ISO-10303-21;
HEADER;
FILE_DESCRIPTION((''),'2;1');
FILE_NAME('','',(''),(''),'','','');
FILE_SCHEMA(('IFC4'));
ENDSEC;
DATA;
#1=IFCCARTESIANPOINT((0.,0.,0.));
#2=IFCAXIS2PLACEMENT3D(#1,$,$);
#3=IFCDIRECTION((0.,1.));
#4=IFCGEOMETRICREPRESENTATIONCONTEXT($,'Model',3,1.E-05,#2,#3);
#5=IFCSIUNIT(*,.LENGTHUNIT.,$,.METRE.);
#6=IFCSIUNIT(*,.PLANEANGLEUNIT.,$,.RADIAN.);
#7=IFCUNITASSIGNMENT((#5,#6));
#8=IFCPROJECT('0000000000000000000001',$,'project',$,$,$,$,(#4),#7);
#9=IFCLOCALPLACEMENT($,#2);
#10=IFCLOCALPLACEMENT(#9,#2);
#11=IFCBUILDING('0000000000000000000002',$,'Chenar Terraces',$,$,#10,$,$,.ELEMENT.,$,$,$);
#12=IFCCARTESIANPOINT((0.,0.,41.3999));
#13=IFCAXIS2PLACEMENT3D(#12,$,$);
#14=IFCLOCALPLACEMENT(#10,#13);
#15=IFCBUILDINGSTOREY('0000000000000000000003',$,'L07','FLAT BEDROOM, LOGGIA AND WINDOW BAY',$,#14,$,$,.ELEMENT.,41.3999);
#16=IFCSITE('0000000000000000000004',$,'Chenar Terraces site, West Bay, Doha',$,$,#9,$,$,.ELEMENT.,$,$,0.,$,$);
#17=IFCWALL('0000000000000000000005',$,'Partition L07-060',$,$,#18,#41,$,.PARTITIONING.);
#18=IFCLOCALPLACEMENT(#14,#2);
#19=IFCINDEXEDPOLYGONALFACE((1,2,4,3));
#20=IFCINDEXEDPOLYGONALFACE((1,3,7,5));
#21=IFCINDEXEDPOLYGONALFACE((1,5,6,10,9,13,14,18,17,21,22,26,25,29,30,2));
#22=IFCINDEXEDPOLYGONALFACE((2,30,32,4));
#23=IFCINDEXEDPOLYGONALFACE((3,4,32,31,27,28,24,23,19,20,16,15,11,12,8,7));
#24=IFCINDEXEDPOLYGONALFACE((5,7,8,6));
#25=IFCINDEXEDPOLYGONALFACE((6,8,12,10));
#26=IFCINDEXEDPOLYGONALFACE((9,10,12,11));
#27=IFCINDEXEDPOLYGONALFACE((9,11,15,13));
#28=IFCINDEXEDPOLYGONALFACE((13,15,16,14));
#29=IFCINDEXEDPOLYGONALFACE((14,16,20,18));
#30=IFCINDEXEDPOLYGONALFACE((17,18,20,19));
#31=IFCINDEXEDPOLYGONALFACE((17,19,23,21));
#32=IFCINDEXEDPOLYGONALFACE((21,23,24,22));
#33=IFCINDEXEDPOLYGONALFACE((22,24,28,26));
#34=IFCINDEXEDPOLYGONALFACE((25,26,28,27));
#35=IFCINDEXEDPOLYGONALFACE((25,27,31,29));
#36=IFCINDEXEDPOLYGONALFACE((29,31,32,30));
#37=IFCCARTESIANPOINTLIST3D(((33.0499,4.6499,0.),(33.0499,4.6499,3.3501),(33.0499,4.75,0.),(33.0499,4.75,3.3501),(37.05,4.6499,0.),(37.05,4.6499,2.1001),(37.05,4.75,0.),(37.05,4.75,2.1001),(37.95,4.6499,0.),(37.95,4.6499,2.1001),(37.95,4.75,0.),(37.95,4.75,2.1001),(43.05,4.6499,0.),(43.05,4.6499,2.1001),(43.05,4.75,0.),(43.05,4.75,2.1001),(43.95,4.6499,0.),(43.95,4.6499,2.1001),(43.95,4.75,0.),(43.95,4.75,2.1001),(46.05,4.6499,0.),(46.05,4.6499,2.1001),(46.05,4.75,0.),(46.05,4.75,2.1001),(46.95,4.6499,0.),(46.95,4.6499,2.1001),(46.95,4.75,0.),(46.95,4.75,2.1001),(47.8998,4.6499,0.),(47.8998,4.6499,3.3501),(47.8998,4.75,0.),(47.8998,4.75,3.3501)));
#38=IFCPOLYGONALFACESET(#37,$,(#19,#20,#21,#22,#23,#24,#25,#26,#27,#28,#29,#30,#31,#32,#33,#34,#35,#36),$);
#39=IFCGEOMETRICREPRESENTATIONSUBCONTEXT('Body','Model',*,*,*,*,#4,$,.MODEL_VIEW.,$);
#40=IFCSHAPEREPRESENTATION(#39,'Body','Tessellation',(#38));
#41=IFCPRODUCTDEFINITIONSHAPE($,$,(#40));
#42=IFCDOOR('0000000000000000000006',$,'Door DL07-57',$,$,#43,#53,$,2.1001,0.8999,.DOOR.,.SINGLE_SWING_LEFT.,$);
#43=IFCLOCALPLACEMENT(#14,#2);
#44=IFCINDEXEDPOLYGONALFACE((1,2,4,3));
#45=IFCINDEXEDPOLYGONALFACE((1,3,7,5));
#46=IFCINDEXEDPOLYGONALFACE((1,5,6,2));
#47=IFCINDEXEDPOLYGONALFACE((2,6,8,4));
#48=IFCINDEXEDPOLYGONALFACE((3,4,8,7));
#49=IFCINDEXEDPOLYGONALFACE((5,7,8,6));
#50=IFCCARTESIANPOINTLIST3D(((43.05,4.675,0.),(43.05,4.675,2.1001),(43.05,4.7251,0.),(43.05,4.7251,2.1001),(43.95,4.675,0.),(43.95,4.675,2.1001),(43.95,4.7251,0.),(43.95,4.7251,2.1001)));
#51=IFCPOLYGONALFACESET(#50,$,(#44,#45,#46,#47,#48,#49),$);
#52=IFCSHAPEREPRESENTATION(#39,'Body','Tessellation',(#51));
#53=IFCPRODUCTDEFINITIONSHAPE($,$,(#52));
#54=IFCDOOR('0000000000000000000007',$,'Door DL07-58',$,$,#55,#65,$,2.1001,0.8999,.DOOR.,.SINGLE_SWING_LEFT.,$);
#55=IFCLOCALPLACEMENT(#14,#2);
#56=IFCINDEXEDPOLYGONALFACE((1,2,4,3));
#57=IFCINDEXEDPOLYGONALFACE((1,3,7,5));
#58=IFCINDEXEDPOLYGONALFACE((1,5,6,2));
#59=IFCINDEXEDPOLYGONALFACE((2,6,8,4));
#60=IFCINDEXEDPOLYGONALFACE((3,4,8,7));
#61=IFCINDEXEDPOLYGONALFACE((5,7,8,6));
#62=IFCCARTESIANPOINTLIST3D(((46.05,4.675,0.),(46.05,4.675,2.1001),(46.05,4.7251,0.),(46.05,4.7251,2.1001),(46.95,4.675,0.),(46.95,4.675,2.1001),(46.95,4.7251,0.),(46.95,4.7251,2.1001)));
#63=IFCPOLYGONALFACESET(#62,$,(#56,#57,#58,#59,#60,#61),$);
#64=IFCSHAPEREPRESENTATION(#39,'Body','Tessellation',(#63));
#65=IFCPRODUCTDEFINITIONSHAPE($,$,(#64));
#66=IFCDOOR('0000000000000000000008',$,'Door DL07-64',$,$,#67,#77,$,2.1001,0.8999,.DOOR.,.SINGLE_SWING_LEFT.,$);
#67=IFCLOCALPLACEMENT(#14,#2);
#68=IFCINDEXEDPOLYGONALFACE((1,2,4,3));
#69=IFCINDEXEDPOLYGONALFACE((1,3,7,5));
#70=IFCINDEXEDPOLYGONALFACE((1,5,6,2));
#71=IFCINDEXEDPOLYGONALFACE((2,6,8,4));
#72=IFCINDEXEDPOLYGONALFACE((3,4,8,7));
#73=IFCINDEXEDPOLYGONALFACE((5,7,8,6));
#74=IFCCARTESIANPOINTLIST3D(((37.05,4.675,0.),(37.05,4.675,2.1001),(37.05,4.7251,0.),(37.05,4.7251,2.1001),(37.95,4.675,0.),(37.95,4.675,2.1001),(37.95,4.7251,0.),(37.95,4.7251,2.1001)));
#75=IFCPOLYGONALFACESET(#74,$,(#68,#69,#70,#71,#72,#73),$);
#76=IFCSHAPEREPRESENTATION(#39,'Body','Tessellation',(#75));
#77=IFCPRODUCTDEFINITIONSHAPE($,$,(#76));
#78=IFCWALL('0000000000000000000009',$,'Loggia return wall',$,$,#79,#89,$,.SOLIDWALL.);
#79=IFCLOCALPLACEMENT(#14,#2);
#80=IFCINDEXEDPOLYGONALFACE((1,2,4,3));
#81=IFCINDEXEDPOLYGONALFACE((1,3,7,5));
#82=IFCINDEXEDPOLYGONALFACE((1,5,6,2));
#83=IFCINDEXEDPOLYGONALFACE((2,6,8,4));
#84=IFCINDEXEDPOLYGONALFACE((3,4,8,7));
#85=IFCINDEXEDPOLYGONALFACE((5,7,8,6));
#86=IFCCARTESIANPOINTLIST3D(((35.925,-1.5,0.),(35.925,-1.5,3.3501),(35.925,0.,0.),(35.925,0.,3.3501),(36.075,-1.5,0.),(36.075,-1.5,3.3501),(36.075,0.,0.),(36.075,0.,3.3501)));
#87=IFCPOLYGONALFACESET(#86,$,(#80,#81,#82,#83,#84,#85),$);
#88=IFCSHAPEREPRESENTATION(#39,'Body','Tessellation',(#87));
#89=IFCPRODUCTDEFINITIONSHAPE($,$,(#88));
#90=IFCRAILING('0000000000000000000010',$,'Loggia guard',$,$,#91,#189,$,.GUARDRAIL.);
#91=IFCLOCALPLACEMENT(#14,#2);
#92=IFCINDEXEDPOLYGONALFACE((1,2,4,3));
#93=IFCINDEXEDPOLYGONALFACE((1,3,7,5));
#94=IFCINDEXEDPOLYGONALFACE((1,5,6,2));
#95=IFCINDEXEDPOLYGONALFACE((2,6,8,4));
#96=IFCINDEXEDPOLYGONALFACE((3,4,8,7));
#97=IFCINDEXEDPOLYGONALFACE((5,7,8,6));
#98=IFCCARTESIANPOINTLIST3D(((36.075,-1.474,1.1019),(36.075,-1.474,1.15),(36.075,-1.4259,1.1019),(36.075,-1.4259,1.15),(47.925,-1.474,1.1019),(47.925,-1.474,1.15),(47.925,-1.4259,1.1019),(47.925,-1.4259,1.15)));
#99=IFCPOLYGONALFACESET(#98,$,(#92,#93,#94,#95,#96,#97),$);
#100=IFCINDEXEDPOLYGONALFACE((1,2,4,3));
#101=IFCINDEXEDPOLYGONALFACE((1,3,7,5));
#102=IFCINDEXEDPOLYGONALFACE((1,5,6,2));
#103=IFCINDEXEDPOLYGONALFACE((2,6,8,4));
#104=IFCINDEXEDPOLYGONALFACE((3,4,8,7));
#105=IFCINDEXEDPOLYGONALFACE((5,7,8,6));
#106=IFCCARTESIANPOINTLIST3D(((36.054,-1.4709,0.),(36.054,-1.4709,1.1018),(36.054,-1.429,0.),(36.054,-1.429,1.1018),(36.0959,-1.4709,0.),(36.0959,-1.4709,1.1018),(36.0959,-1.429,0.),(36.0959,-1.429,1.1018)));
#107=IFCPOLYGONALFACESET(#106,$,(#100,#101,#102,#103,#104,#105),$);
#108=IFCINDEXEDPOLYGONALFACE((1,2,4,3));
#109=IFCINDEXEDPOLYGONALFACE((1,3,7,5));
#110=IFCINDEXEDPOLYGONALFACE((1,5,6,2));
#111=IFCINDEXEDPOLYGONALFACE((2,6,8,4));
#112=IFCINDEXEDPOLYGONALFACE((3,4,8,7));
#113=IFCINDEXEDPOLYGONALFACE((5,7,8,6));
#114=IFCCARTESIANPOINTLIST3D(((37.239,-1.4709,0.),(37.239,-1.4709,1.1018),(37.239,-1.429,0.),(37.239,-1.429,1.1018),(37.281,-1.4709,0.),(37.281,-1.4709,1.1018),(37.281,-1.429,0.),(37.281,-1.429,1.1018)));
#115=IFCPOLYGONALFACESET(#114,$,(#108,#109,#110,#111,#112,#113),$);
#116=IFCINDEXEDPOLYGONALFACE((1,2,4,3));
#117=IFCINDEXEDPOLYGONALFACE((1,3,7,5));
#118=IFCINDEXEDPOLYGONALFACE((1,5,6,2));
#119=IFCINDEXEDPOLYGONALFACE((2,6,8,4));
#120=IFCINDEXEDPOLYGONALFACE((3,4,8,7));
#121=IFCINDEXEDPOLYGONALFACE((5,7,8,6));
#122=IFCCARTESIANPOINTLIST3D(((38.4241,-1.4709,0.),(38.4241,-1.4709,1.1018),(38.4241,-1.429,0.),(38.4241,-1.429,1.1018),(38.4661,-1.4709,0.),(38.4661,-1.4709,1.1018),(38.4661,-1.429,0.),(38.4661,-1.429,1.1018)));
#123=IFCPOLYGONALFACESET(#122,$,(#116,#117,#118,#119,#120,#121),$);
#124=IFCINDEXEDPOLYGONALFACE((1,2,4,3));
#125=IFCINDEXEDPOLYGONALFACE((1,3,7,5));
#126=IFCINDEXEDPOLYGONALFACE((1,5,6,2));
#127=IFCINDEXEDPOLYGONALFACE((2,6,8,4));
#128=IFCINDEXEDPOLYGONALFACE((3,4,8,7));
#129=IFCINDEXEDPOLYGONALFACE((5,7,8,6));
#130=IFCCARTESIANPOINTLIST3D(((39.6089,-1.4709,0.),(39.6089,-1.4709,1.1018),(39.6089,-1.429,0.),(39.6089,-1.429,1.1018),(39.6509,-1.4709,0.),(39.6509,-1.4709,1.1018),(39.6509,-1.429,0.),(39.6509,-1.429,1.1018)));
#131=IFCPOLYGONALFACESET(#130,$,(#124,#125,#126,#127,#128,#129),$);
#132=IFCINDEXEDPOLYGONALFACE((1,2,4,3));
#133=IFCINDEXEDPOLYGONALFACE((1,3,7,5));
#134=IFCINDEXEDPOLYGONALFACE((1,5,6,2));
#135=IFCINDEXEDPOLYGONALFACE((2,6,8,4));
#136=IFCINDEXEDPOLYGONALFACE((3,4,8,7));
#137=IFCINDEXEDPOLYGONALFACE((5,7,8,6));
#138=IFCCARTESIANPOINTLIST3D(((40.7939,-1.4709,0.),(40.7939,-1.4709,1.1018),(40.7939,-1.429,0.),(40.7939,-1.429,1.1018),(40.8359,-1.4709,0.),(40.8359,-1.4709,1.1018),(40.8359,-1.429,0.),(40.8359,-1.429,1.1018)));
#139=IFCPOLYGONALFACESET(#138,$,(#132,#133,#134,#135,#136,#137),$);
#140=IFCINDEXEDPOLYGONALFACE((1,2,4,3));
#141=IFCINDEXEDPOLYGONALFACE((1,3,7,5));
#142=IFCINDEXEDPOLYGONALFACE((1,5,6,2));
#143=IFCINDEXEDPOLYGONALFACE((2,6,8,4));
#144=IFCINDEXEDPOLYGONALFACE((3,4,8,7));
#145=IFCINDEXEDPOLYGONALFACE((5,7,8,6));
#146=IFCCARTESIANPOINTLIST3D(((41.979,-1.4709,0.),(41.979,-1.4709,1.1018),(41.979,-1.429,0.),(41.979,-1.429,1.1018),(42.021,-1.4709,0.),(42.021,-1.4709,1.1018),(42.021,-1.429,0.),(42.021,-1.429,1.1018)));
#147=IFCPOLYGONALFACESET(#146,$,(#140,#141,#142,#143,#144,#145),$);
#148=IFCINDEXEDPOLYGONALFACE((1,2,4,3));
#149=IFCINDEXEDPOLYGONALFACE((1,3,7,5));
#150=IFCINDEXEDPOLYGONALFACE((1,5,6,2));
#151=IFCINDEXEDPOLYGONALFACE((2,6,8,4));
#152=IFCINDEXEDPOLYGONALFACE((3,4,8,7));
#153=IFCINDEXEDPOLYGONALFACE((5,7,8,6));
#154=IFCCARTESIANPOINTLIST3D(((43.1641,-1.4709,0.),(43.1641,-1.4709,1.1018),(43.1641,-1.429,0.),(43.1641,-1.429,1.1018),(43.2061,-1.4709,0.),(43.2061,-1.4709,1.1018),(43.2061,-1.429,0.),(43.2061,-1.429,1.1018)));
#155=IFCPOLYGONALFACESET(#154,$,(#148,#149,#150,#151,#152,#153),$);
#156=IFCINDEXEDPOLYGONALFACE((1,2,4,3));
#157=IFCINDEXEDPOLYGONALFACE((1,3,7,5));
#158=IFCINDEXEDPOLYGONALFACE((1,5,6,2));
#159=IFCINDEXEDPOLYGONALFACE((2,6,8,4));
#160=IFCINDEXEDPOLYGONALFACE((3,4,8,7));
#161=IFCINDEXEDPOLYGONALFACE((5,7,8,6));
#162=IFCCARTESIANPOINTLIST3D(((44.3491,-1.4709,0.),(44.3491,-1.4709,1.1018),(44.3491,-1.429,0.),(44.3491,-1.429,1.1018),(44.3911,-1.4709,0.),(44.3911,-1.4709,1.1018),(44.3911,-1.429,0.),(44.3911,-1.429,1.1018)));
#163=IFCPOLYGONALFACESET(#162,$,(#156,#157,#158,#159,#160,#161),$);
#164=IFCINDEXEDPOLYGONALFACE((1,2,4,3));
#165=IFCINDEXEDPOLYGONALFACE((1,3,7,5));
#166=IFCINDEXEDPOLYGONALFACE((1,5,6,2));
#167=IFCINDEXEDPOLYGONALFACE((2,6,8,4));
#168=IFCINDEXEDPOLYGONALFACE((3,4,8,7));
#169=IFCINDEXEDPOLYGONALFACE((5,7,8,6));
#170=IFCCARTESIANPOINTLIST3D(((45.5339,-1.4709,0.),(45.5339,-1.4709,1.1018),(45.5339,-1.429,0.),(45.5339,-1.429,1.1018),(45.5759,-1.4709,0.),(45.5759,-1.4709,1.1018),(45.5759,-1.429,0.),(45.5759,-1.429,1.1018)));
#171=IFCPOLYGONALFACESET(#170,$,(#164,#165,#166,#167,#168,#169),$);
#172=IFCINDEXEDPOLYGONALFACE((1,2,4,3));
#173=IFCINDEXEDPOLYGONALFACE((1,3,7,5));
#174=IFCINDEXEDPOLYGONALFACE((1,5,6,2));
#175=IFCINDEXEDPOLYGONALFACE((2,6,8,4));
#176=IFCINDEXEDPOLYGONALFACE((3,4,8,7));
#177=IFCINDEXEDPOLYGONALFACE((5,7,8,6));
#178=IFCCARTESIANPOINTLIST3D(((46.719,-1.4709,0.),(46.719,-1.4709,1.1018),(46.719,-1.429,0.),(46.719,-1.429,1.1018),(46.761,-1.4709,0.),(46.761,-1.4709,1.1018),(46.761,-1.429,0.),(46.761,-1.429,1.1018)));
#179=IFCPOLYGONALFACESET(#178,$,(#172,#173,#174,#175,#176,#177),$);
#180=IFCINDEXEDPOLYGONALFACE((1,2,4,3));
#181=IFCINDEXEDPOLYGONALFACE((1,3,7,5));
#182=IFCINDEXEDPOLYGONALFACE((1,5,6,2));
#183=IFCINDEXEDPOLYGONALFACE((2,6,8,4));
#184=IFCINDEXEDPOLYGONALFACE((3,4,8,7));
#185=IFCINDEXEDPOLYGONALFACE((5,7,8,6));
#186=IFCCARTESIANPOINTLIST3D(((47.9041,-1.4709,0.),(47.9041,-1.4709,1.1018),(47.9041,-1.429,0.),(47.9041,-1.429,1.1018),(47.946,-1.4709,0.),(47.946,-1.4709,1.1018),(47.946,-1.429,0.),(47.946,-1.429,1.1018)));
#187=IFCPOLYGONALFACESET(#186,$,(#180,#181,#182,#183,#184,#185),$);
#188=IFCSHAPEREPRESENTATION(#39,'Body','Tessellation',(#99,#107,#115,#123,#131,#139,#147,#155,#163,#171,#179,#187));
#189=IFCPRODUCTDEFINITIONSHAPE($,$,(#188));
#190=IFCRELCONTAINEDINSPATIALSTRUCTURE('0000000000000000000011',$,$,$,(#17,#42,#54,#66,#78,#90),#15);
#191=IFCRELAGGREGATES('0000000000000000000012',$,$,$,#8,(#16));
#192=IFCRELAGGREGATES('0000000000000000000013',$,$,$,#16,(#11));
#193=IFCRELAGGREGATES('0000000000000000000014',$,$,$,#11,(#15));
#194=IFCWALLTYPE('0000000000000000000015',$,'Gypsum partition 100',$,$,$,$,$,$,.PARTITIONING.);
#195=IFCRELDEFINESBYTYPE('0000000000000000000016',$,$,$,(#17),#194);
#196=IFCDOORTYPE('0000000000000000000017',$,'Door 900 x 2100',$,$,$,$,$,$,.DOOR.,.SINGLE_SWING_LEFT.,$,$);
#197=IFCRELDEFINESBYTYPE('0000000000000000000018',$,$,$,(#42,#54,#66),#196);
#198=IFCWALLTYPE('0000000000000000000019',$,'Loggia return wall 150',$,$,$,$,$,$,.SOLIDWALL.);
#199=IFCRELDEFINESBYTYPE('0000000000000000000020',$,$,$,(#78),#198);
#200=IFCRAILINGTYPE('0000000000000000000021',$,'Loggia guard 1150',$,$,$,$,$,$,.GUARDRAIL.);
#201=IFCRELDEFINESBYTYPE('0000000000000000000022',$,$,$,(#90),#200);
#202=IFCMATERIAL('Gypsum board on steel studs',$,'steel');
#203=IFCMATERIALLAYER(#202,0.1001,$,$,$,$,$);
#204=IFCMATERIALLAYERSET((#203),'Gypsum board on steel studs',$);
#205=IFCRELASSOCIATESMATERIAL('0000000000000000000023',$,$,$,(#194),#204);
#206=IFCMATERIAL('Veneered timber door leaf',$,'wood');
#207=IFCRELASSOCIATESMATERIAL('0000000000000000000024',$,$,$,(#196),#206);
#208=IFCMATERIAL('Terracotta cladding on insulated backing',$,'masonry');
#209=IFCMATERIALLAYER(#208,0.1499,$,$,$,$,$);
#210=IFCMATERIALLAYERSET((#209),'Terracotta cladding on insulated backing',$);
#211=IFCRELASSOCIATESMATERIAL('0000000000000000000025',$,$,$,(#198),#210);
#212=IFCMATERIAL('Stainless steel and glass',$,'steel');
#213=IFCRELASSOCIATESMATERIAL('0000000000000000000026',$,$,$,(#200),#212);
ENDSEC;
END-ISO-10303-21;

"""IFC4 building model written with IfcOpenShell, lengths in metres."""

from ifc_helpers import new_model, si_unit, direction, frame, frame_2d, origin, origin_2d, place, context, subcontext, project, spatial, rectangle, extrude, material, layer, layer_set, type_object, element, fill, save


model = new_model("IFC4")

# Units and contexts
model_context = context("Model", 3, precision=1e-05, world=origin(), true_north=direction((0.0, 1.0)))
body_context = subcontext(model_context, "Body", "Model", "MODEL_VIEW")
ifc_project = project(units=[si_unit("LENGTHUNIT", "METRE"), si_unit("PLANEANGLEUNIT", "RADIAN")], contexts=[model_context])

# Site, building, storey
site_placement = place(None, origin())
site = spatial("IfcSite", under=ifc_project, at=site_placement, Name="Chenar Terraces site, West Bay, Doha", CompositionType="ELEMENT", RefElevation=0.0)
building_placement = place(site_placement, origin())
building = spatial("IfcBuilding", under=site, at=building_placement, Name="Chenar Terraces", CompositionType="ELEMENT")
storey_placement = place(building_placement, frame((0.0, 0.0, 41.3999)))
storey = spatial("IfcBuildingStorey", under=building, at=storey_placement, Name="L07", Description="FLAT BEDROOM, LOGGIA AND WINDOW BAY", CompositionType="ELEMENT", Elevation=41.3999)

# Shared definitions
ifc_material_1 = material(Name="Gypsum board on steel studs", Category="steel")
ifc_layer_1 = layer(ifc_material_1, 0.1001)
ifc_layer_set_1 = layer_set([ifc_layer_1], Name="Gypsum board on steel studs")
wall_type_1 = type_object("IfcWallType", Name="Gypsum partition 100", PredefinedType="PARTITIONING", material=ifc_layer_set_1)

# Shared definitions
ifc_material_2 = material(Name="Veneered timber door leaf", Category="wood")
door_type_1 = type_object("IfcDoorType", Name="Door 900 x 2100", OperationType="SINGLE_SWING_LEFT", PredefinedType="DOOR", material=ifc_material_2)

# Wall, openings, doors
wall_1_placement = place(storey_placement, frame((33.05, 4.7, 0.0), z_axis=(0.0, 0.0, 1.0), x_axis=(1.0, 0.0, 0.0)))
wall_1 = element("IfcWall", 1, at=wall_1_placement, inside=storey, type_object=wall_type_1, Name="Partition L07-060", PredefinedType="PARTITIONING", context=body_context, shape_type="SweptSolid", body=[
    extrude(rectangle(XDim=14.8499, YDim=0.1001, at=frame_2d((7.4248, 0.0))), origin(), (0.0, 0.0, 1.0), 3.3501),
])
opening_1_placement = place(wall_1_placement, frame((10.0, 0.0, 0.0)))
opening_1 = element("IfcOpeningElement", 2, at=opening_1_placement, cuts=wall_1, PredefinedType="OPENING", context=body_context, shape_type="SweptSolid", body=[
    extrude(rectangle(XDim=0.8999, YDim=2.1001, at=frame_2d((0.45, 1.05))), frame((0.0, 0.0601, 0.0), z_axis=(0.0, -1.0, 0.0), x_axis=(1.0, 0.0, 0.0)), (0.0, 0.0, 1.0), 0.1201),
])
opening_2_placement = place(wall_1_placement, frame((13.0, 0.0, 0.0)))
opening_2 = element("IfcOpeningElement", 3, at=opening_2_placement, cuts=wall_1, PredefinedType="OPENING", context=body_context, shape_type="SweptSolid", body=[
    extrude(rectangle(XDim=0.8999, YDim=2.1001, at=frame_2d((0.45, 1.05))), frame((0.0, 0.0601, 0.0), z_axis=(0.0, -1.0, 0.0), x_axis=(1.0, 0.0, 0.0)), (0.0, 0.0, 1.0), 0.1201),
])
opening_3_placement = place(wall_1_placement, frame((4.0, 0.0, 0.0)))
opening_3 = element("IfcOpeningElement", 4, at=opening_3_placement, cuts=wall_1, PredefinedType="OPENING", context=body_context, shape_type="SweptSolid", body=[
    extrude(rectangle(XDim=0.8999, YDim=2.1001, at=frame_2d((0.45, 1.05))), frame((0.0, 0.0601, 0.0), z_axis=(0.0, -1.0, 0.0), x_axis=(1.0, 0.0, 0.0)), (0.0, 0.0, 1.0), 0.1201),
])
door_1_placement = place(opening_1_placement, frame((0.8999, 0.0, 0.0), z_axis=(0.0, 0.0, 1.0), x_axis=(-1.0, 0.0, 0.0)))
door_1 = element("IfcDoor", 5, at=door_1_placement, inside=storey, type_object=door_type_1, Name="Door DL07-57", OperationType="SINGLE_SWING_LEFT", OverallHeight=2.1001, OverallWidth=0.8999, PredefinedType="DOOR", context=body_context, shape_type="SweptSolid", body=[
    extrude(rectangle(XDim=0.8999, YDim=2.1001, at=frame_2d((0.45, 1.05))), frame((0.0, 0.0249, 0.0), z_axis=(0.0, -1.0, 0.0), x_axis=(1.0, 0.0, 0.0)), (0.0, 0.0, 1.0), 0.05),
])
fill(opening_1, door_1)
door_2_placement = place(opening_2_placement, frame((0.8999, 0.0, 0.0), z_axis=(0.0, 0.0, 1.0), x_axis=(-1.0, 0.0, 0.0)))
door_2 = element("IfcDoor", 6, at=door_2_placement, inside=storey, type_object=door_type_1, Name="Door DL07-58", OperationType="SINGLE_SWING_LEFT", OverallHeight=2.1001, OverallWidth=0.8999, PredefinedType="DOOR", context=body_context, shape_type="SweptSolid", body=[
    extrude(rectangle(XDim=0.8999, YDim=2.1001, at=frame_2d((0.45, 1.05))), frame((0.0, 0.0249, 0.0), z_axis=(0.0, -1.0, 0.0), x_axis=(1.0, 0.0, 0.0)), (0.0, 0.0, 1.0), 0.05),
])
fill(opening_2, door_2)
door_3_placement = place(opening_3_placement, frame((0.8999, 0.0, 0.0), z_axis=(0.0, 0.0, 1.0), x_axis=(-1.0, 0.0, 0.0)))
door_3 = element("IfcDoor", 7, at=door_3_placement, inside=storey, type_object=door_type_1, Name="Door DL07-64", OperationType="SINGLE_SWING_LEFT", OverallHeight=2.1001, OverallWidth=0.8999, PredefinedType="DOOR", context=body_context, shape_type="SweptSolid", body=[
    extrude(rectangle(XDim=0.8999, YDim=2.1001, at=frame_2d((0.45, 1.05))), frame((0.0, 0.0249, 0.0), z_axis=(0.0, -1.0, 0.0), x_axis=(1.0, 0.0, 0.0)), (0.0, 0.0, 1.0), 0.05),
])
fill(opening_3, door_3)

# Wall
ifc_material_3 = material(Name="Terracotta cladding on insulated backing", Category="masonry")
ifc_layer_2 = layer(ifc_material_3, 0.1499)
ifc_layer_set_2 = layer_set([ifc_layer_2], Name="Terracotta cladding on insulated backing")
wall_type_2 = type_object("IfcWallType", Name="Loggia return wall 150", PredefinedType="SOLIDWALL", material=ifc_layer_set_2)
wall_2_placement = place(storey_placement, frame((36.0, -1.5, 0.0), z_axis=(0.0, 0.0, 1.0), x_axis=(0.0, 1.0, 0.0)))
element("IfcWall", 8, at=wall_2_placement, inside=storey, type_object=wall_type_2, Name="Loggia return wall", PredefinedType="SOLIDWALL", context=body_context, shape_type="SweptSolid", body=[
    extrude(rectangle(XDim=1.5, YDim=0.1499, at=frame_2d((0.75, 0.0))), origin(), (0.0, 0.0, 1.0), 3.3501),
])

# Railing
ifc_material_4 = material(Name="Stainless steel and glass", Category="steel")
railing_type = type_object("IfcRailingType", Name="Loggia guard 1150", PredefinedType="GUARDRAIL", material=ifc_material_4)
railing_placement = place(storey_placement, frame((36.075, -1.45, 0.0)))
element("IfcRailing", 9, at=railing_placement, inside=storey, type_object=railing_type, Name="Loggia guard", PredefinedType="GUARDRAIL", context=body_context, shape_type="SweptSolid", body=[
    extrude(rectangle(XDim=0.0481, YDim=0.0481, at=origin_2d()), frame((0.0, 0.0, 1.126), z_axis=(1.0, 0.0, 0.0), x_axis=(0.0, 1.0, 0.0)), (0.0, 0.0, 1.0), 11.8501),
    extrude(rectangle(XDim=0.042, YDim=0.042, at=origin_2d()), origin(), (0.0, 0.0, 1.0), 1.1018),
    extrude(rectangle(XDim=0.042, YDim=0.042, at=origin_2d()), frame((1.1851, 0.0, 0.0)), (0.0, 0.0, 1.0), 1.1018),
    extrude(rectangle(XDim=0.042, YDim=0.042, at=origin_2d()), frame((2.3701, 0.0, 0.0)), (0.0, 0.0, 1.0), 1.1018),
    extrude(rectangle(XDim=0.042, YDim=0.042, at=origin_2d()), frame((3.5549, 0.0, 0.0)), (0.0, 0.0, 1.0), 1.1018),
    extrude(rectangle(XDim=0.042, YDim=0.042, at=origin_2d()), frame((4.74, 0.0, 0.0)), (0.0, 0.0, 1.0), 1.1018),
    extrude(rectangle(XDim=0.042, YDim=0.042, at=origin_2d()), frame((5.925, 0.0, 0.0)), (0.0, 0.0, 1.0), 1.1018),
    extrude(rectangle(XDim=0.042, YDim=0.042, at=origin_2d()), frame((7.1101, 0.0, 0.0)), (0.0, 0.0, 1.0), 1.1018),
    extrude(rectangle(XDim=0.042, YDim=0.042, at=origin_2d()), frame((8.2952, 0.0, 0.0)), (0.0, 0.0, 1.0), 1.1018),
    extrude(rectangle(XDim=0.042, YDim=0.042, at=origin_2d()), frame((9.48, 0.0, 0.0)), (0.0, 0.0, 1.0), 1.1018),
    extrude(rectangle(XDim=0.042, YDim=0.042, at=origin_2d()), frame((10.665, 0.0, 0.0)), (0.0, 0.0, 1.0), 1.1018),
    extrude(rectangle(XDim=0.042, YDim=0.042, at=origin_2d()), frame((11.8501, 0.0, 0.0)), (0.0, 0.0, 1.0), 1.1018),
])

save(model, "model.ifc")
